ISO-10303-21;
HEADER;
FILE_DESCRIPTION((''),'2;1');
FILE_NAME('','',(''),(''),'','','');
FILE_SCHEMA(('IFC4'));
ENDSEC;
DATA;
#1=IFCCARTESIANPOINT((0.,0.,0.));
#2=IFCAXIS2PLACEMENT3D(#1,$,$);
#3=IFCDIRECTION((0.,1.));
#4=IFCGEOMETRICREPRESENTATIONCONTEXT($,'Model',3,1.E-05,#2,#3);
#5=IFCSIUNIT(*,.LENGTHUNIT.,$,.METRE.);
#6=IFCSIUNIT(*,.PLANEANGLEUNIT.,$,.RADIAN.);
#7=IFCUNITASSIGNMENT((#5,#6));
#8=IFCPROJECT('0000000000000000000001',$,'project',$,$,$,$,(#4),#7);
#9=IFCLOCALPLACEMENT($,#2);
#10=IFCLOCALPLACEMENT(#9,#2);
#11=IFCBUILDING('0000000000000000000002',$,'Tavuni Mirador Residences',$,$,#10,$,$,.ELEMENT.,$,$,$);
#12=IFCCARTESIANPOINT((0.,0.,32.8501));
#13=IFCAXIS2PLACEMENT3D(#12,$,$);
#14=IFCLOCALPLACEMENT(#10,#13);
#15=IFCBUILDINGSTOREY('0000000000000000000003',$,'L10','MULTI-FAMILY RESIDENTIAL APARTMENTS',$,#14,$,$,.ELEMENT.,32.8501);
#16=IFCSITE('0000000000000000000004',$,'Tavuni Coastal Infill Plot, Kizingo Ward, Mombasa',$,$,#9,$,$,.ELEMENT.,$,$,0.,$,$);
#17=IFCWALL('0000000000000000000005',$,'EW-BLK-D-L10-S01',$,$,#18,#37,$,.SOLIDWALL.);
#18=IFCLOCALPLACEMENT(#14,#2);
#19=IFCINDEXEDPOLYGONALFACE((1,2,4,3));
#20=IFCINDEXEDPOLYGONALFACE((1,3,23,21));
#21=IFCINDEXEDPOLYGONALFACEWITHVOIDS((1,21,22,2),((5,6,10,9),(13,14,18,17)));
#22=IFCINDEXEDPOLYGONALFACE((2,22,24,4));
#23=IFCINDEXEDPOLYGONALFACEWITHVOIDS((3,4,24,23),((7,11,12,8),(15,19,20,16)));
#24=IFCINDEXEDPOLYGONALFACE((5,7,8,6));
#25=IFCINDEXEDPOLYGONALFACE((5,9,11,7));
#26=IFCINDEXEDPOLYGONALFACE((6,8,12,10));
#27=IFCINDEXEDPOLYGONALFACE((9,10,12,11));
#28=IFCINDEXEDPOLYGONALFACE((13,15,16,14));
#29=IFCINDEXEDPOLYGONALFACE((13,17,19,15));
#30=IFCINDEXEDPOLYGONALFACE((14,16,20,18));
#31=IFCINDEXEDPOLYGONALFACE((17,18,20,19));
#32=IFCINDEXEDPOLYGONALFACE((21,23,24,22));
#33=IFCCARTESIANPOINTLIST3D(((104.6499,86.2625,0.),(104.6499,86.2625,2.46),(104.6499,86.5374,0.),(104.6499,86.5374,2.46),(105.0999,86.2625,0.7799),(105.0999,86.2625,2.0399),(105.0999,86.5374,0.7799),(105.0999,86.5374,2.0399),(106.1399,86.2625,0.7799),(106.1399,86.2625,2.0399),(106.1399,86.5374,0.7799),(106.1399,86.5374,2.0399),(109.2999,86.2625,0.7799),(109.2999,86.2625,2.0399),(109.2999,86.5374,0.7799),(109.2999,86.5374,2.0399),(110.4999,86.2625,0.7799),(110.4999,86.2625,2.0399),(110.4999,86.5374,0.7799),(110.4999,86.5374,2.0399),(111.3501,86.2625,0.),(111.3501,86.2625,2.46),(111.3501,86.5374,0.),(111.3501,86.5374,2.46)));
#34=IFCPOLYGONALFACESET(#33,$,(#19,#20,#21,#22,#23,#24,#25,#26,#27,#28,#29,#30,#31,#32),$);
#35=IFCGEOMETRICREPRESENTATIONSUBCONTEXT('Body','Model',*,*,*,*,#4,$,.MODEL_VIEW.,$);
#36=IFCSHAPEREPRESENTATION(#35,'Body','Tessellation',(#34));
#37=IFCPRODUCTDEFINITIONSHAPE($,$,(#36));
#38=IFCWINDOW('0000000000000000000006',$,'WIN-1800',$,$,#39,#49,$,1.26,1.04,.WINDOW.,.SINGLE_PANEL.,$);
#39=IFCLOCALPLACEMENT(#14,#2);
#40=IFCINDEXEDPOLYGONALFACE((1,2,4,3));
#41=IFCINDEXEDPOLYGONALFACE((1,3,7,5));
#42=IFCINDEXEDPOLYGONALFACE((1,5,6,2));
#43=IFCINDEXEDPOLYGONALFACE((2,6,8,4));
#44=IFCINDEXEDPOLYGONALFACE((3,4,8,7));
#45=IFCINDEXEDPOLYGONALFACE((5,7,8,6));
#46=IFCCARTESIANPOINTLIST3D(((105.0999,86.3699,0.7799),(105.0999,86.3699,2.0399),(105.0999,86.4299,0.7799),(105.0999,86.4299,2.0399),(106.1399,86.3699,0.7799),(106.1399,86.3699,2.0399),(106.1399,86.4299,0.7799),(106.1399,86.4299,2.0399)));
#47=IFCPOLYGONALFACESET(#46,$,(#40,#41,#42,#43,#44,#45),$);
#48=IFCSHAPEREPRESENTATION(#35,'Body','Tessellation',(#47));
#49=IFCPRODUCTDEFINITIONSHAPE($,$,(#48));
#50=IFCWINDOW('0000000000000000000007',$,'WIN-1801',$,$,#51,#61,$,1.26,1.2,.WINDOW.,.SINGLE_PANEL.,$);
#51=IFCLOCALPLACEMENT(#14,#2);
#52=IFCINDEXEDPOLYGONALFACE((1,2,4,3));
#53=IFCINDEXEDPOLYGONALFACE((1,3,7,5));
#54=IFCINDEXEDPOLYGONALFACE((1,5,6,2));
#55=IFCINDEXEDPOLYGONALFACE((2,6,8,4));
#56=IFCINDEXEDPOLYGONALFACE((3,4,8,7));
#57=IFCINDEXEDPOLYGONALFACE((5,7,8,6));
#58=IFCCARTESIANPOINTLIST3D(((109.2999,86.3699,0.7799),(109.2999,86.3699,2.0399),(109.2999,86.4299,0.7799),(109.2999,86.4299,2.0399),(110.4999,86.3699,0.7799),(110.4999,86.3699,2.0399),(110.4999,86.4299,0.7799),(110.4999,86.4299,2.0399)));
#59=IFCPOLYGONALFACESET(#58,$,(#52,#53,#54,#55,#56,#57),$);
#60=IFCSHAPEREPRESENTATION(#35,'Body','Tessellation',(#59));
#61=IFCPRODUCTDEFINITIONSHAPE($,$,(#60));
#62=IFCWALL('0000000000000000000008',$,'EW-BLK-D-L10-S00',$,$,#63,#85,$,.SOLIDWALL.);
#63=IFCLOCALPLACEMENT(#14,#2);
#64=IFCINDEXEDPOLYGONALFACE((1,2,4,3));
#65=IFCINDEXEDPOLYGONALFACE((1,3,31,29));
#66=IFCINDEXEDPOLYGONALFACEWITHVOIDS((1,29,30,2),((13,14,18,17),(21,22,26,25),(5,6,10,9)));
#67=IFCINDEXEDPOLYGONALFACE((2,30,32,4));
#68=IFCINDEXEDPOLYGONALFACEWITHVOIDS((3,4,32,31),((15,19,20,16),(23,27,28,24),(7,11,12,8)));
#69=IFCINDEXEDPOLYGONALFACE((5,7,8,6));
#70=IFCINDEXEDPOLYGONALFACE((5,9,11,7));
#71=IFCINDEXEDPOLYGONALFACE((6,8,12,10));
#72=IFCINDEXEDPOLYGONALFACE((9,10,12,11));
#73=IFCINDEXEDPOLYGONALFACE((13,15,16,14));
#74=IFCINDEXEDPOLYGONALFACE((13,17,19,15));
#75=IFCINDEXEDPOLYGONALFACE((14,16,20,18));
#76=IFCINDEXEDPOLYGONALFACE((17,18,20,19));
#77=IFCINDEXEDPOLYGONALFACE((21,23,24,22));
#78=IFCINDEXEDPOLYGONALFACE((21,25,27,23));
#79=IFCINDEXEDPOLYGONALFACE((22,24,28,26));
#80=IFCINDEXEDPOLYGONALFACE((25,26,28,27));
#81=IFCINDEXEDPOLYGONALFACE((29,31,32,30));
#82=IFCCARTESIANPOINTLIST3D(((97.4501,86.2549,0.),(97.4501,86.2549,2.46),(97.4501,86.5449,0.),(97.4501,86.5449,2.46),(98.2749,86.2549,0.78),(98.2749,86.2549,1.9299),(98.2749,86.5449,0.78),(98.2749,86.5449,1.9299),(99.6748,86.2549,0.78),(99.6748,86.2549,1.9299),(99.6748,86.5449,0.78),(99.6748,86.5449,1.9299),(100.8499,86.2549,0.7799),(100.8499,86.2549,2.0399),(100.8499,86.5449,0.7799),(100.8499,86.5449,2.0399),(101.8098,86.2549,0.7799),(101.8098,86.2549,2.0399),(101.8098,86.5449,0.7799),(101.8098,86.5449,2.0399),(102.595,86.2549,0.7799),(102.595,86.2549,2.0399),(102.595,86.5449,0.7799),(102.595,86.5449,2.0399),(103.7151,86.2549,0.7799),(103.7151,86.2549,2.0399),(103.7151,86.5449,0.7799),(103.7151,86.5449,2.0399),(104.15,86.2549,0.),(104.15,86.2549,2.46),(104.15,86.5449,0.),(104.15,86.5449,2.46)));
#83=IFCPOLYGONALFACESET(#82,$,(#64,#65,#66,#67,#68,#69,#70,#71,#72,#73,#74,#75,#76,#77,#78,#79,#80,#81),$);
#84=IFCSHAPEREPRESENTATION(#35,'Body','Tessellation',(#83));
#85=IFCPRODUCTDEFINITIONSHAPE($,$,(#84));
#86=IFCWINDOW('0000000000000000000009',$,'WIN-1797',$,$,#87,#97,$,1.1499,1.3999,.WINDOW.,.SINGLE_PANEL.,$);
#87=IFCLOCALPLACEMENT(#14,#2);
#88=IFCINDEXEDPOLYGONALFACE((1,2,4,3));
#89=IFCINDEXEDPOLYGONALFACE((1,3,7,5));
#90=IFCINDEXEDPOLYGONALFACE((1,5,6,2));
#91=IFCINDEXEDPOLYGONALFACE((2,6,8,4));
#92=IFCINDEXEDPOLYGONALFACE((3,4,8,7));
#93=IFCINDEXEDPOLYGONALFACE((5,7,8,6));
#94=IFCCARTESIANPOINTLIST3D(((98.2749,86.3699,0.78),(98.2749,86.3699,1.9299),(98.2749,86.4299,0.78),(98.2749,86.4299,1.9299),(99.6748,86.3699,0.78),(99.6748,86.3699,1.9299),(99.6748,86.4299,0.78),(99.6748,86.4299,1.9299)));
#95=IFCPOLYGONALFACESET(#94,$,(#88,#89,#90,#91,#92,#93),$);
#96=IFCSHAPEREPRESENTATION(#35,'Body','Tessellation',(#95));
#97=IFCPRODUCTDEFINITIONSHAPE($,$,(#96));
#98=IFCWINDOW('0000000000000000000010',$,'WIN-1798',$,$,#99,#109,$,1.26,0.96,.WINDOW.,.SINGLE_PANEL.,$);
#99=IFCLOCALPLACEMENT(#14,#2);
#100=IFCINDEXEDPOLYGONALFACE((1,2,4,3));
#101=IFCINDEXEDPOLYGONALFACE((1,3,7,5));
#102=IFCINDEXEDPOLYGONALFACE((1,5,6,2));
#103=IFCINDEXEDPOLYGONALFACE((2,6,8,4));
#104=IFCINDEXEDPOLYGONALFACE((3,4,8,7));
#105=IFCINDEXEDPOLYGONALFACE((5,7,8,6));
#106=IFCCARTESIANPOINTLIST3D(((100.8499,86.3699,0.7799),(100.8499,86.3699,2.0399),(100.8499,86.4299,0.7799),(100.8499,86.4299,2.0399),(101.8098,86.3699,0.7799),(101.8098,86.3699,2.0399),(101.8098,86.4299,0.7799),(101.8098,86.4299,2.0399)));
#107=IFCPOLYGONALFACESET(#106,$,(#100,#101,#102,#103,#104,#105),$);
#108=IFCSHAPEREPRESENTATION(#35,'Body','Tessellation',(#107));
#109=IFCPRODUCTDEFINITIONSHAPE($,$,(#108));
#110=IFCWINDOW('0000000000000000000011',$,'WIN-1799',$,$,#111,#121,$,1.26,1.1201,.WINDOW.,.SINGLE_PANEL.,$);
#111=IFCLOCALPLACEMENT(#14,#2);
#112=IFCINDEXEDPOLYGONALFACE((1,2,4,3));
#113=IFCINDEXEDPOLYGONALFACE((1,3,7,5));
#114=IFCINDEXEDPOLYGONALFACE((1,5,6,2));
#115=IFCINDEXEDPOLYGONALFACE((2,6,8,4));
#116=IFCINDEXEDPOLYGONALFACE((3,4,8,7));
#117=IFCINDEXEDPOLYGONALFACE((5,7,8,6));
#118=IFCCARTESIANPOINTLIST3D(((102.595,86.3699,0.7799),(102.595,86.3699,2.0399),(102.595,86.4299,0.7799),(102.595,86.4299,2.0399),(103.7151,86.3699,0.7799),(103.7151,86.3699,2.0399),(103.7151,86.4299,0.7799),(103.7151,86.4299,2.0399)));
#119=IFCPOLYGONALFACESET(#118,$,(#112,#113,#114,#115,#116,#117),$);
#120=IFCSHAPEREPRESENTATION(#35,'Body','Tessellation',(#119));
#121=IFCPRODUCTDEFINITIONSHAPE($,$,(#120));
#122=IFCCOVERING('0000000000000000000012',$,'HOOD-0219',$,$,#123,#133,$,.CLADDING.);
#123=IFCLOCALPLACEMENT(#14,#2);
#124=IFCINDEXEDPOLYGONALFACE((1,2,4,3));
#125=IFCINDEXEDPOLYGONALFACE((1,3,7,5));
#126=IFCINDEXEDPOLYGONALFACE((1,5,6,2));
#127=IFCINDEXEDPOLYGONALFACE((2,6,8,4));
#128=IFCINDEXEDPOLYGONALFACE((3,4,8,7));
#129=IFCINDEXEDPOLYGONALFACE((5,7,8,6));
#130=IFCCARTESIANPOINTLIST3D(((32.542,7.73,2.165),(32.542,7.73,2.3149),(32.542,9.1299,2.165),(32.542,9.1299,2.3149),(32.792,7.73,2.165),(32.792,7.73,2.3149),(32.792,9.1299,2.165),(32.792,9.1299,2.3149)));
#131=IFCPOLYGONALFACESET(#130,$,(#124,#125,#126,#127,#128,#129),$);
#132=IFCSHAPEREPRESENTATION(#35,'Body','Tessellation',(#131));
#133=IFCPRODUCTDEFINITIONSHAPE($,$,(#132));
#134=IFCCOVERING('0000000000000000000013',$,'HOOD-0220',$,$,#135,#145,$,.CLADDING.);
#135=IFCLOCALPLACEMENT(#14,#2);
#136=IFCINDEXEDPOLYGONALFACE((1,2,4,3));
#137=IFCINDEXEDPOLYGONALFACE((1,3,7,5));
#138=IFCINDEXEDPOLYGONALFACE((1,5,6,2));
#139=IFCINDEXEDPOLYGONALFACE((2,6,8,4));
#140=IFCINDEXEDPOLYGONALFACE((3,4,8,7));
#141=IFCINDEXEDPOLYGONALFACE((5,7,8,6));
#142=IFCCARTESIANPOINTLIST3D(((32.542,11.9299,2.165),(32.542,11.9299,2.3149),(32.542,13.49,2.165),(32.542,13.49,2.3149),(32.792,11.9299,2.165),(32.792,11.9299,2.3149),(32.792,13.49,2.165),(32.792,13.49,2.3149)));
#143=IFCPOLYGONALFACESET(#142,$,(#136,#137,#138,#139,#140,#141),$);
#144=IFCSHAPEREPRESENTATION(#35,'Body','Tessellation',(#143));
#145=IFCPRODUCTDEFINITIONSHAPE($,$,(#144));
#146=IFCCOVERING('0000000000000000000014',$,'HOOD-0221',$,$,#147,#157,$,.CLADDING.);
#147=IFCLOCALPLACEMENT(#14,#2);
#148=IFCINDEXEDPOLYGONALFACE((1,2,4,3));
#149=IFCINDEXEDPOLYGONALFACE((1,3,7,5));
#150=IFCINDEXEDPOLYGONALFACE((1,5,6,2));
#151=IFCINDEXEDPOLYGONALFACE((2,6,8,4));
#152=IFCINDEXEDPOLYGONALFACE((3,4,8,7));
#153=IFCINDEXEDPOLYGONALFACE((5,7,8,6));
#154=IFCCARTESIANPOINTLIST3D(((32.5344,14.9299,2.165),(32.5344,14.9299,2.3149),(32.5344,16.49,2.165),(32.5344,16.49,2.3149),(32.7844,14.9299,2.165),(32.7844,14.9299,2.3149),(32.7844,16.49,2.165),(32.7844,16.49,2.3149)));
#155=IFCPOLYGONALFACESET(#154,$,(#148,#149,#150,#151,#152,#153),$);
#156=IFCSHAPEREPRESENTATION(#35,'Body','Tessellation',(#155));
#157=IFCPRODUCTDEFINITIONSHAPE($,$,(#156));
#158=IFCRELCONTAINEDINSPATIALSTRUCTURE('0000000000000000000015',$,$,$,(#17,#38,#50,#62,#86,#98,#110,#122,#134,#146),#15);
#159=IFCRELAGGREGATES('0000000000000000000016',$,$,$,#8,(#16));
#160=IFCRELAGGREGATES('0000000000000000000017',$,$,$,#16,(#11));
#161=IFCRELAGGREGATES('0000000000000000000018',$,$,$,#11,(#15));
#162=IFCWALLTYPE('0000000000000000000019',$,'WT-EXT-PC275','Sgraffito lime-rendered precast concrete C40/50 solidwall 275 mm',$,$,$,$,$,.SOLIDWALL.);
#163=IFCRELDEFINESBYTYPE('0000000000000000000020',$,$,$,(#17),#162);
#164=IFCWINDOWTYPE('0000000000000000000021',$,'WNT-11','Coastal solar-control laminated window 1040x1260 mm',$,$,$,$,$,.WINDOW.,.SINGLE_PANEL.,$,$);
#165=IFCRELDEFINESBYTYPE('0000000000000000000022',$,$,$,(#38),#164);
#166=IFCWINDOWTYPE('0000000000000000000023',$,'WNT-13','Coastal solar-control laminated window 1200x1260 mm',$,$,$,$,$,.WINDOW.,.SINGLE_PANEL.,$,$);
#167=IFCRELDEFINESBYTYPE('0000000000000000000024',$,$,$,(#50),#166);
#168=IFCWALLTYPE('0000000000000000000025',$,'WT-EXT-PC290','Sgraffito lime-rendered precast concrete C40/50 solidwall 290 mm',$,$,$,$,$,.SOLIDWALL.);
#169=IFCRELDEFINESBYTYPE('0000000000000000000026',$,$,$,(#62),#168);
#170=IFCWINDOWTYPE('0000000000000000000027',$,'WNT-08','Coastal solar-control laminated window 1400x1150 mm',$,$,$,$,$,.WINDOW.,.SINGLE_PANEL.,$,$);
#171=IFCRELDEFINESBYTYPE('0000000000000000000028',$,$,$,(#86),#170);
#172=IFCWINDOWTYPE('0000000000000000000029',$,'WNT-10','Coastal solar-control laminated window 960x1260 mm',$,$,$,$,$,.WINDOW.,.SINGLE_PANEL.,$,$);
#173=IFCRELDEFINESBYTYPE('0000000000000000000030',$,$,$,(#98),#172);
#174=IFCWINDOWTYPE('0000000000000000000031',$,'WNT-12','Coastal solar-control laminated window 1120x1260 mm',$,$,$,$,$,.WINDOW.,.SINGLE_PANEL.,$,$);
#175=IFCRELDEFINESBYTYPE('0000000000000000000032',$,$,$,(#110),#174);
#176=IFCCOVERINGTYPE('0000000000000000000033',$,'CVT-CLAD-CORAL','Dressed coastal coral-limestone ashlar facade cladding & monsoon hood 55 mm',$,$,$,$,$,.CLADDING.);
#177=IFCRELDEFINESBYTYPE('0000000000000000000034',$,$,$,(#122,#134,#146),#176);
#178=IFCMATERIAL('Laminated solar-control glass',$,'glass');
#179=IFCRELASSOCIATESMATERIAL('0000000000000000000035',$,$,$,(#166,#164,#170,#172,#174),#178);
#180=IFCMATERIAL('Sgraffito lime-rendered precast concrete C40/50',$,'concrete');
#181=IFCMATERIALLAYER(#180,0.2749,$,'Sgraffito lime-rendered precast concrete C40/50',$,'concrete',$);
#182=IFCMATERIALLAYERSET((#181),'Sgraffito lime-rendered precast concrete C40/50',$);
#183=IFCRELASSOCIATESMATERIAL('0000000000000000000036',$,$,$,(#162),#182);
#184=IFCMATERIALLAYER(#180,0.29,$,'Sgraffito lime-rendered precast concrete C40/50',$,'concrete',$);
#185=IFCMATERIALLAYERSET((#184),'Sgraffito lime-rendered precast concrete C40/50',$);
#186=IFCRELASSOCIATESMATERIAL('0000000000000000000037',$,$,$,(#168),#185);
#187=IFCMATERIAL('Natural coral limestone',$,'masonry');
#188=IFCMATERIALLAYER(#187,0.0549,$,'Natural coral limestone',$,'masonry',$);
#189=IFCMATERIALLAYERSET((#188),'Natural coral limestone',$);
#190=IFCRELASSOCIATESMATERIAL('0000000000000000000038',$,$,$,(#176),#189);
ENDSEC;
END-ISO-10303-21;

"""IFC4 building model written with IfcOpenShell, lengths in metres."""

from ifc_helpers import new_model, si_unit, direction, frame, frame_2d, origin, origin_2d, place, context, subcontext, project, spatial, rectangle, extrude, material, layer, layer_set, type_object, element, fill, save


model = new_model("IFC4")

# Units and contexts
model_context = context("Model", 3, precision=1e-05, world=origin(), true_north=direction((0.0, 1.0)))
body_context = subcontext(model_context, "Body", "Model", "MODEL_VIEW")
ifc_project = project(units=[si_unit("LENGTHUNIT", "METRE"), si_unit("PLANEANGLEUNIT", "RADIAN")], contexts=[model_context])

# Site, building, storey
site_placement = place(None, origin())
site = spatial("IfcSite", under=ifc_project, at=site_placement, Name="Tavuni Coastal Infill Plot, Kizingo Ward, Mombasa", CompositionType="ELEMENT", RefElevation=0.0)
building_placement = place(site_placement, origin())
building = spatial("IfcBuilding", under=site, at=building_placement, Name="Tavuni Mirador Residences", CompositionType="ELEMENT")
storey_placement = place(building_placement, frame((0.0, 0.0, 32.8501)))
storey = spatial("IfcBuildingStorey", under=building, at=storey_placement, Name="L10", Description="MULTI-FAMILY RESIDENTIAL APARTMENTS", CompositionType="ELEMENT", Elevation=32.8501)

# Walls, openings, windows
ifc_material_1 = material(Name="Sgraffito lime-rendered precast concrete C40/50", Category="concrete")
ifc_material_2 = material(Name="Laminated solar-control glass", Category="glass")
window_type_1 = type_object("IfcWindowType", Name="WNT-13", Description="Coastal solar-control laminated window 1200x1260 mm", PartitioningType="SINGLE_PANEL", PredefinedType="WINDOW", material=ifc_material_2)
ifc_layer_1 = layer(ifc_material_1, 0.2749, Name="Sgraffito lime-rendered precast concrete C40/50", Category="concrete")
ifc_layer_set_1 = layer_set([ifc_layer_1], Name="Sgraffito lime-rendered precast concrete C40/50")
wall_type_1 = type_object("IfcWallType", Name="WT-EXT-PC275", Description="Sgraffito lime-rendered precast concrete C40/50 solidwall 275 mm", PredefinedType="SOLIDWALL", material=ifc_layer_set_1)
wall_1_placement = place(storey_placement, frame((104.6499, 86.3999, 0.0), z_axis=(0.0, 0.0, 1.0), x_axis=(1.0, 0.0, 0.0)))
wall_1 = element("IfcWall", 1, at=wall_1_placement, inside=storey, type_object=wall_type_1, Name="EW-BLK-D-L10-S01", PredefinedType="SOLIDWALL", context=body_context, shape_type="SweptSolid", body=[
    extrude(rectangle(XDim=6.7002, YDim=0.2749, at=frame_2d((3.3501, 0.0))), origin(), (0.0, 0.0, 1.0), 2.46),
])
opening_1_placement = place(wall_1_placement, frame((0.45, 0.0, 0.78)))
opening_1 = element("IfcOpeningElement", 2, at=opening_1_placement, cuts=wall_1, PredefinedType="OPENING", context=body_context, shape_type="SweptSolid", body=[
    extrude(rectangle(XDim=1.04, YDim=1.26, at=frame_2d((0.52, 0.6299))), frame((0.0, 0.1475, 0.0), z_axis=(0.0, -1.0, 0.0), x_axis=(1.0, 0.0, 0.0)), (0.0, 0.0, 1.0), 0.2949),
])
opening_2_placement = place(wall_1_placement, frame((4.6499, 0.0, 0.78)))
opening_2 = element("IfcOpeningElement", 3, at=opening_2_placement, cuts=wall_1, PredefinedType="OPENING", context=body_context, shape_type="SweptSolid", body=[
    extrude(rectangle(XDim=1.2, YDim=1.26, at=frame_2d((0.6001, 0.6299))), frame((0.0, 0.1475, 0.0), z_axis=(0.0, -1.0, 0.0), x_axis=(1.0, 0.0, 0.0)), (0.0, 0.0, 1.0), 0.2949),
])
window_type_2 = type_object("IfcWindowType", Name="WNT-11", Description="Coastal solar-control laminated window 1040x1260 mm", PartitioningType="SINGLE_PANEL", PredefinedType="WINDOW", material=ifc_material_2)
window_1_placement = place(opening_1_placement, origin())
window_1 = element("IfcWindow", 4, at=window_1_placement, inside=storey, type_object=window_type_2, Name="WIN-1800", OverallHeight=1.26, OverallWidth=1.04, PartitioningType="SINGLE_PANEL", PredefinedType="WINDOW", context=body_context, shape_type="SweptSolid", body=[
    extrude(rectangle(XDim=1.04, YDim=1.26, at=frame_2d((0.52, 0.6299))), frame((0.0, 0.03, 0.0), z_axis=(0.0, -1.0, 0.0), x_axis=(1.0, 0.0, 0.0)), (0.0, 0.0, 1.0), 0.0601),
])
fill(opening_1, window_1)
window_2_placement = place(opening_2_placement, origin())
window_2 = element("IfcWindow", 5, at=window_2_placement, inside=storey, type_object=window_type_1, Name="WIN-1801", OverallHeight=1.26, OverallWidth=1.2, PartitioningType="SINGLE_PANEL", PredefinedType="WINDOW", context=body_context, shape_type="SweptSolid", body=[
    extrude(rectangle(XDim=1.2, YDim=1.26, at=frame_2d((0.6001, 0.6299))), frame((0.0, 0.03, 0.0), z_axis=(0.0, -1.0, 0.0), x_axis=(1.0, 0.0, 0.0)), (0.0, 0.0, 1.0), 0.0601),
])
fill(opening_2, window_2)
ifc_layer_2 = layer(ifc_material_1, 0.29, Name="Sgraffito lime-rendered precast concrete C40/50", Category="concrete")
ifc_layer_set_2 = layer_set([ifc_layer_2], Name="Sgraffito lime-rendered precast concrete C40/50")
wall_type_2 = type_object("IfcWallType", Name="WT-EXT-PC290", Description="Sgraffito lime-rendered precast concrete C40/50 solidwall 290 mm", PredefinedType="SOLIDWALL", material=ifc_layer_set_2)
wall_2_placement = place(storey_placement, frame((97.45, 86.3999, 0.0), z_axis=(0.0, 0.0, 1.0), x_axis=(1.0, 0.0, 0.0)))
wall_2 = element("IfcWall", 6, at=wall_2_placement, inside=storey, type_object=wall_type_2, Name="EW-BLK-D-L10-S00", PredefinedType="SOLIDWALL", context=body_context, shape_type="SweptSolid", body=[
    extrude(rectangle(XDim=6.7, YDim=0.29, at=frame_2d((3.3501, 0.0))), origin(), (0.0, 0.0, 1.0), 2.46),
])
opening_3_placement = place(wall_2_placement, frame((0.825, 0.0, 0.78)))
opening_3 = element("IfcOpeningElement", 7, at=opening_3_placement, cuts=wall_2, PredefinedType="OPENING", context=body_context, shape_type="SweptSolid", body=[
    extrude(rectangle(XDim=1.3999, YDim=1.1499, at=frame_2d((0.7, 0.575))), frame((0.0, 0.155, 0.0), z_axis=(0.0, -1.0, 0.0), x_axis=(1.0, 0.0, 0.0)), (0.0, 0.0, 1.0), 0.3101),
])
opening_4_placement = place(wall_2_placement, frame((3.3999, 0.0, 0.78)))
opening_4 = element("IfcOpeningElement", 8, at=opening_4_placement, cuts=wall_2, PredefinedType="OPENING", context=body_context, shape_type="SweptSolid", body=[
    extrude(rectangle(XDim=0.96, YDim=1.26, at=frame_2d((0.48, 0.6299))), frame((0.0, 0.155, 0.0), z_axis=(0.0, -1.0, 0.0), x_axis=(1.0, 0.0, 0.0)), (0.0, 0.0, 1.0), 0.3101),
])
opening_5_placement = place(wall_2_placement, frame((5.145, 0.0, 0.78)))
opening_5 = element("IfcOpeningElement", 9, at=opening_5_placement, cuts=wall_2, PredefinedType="OPENING", context=body_context, shape_type="SweptSolid", body=[
    extrude(rectangle(XDim=1.1201, YDim=1.26, at=frame_2d((0.5601, 0.6299))), frame((0.0, 0.155, 0.0), z_axis=(0.0, -1.0, 0.0), x_axis=(1.0, 0.0, 0.0)), (0.0, 0.0, 1.0), 0.3101),
])
window_type_3 = type_object("IfcWindowType", Name="WNT-08", Description="Coastal solar-control laminated window 1400x1150 mm", PartitioningType="SINGLE_PANEL", PredefinedType="WINDOW", material=ifc_material_2)
window_3_placement = place(opening_3_placement, origin())
window_3 = element("IfcWindow", 10, at=window_3_placement, inside=storey, type_object=window_type_3, Name="WIN-1797", OverallHeight=1.1499, OverallWidth=1.3999, PartitioningType="SINGLE_PANEL", PredefinedType="WINDOW", context=body_context, shape_type="SweptSolid", body=[
    extrude(rectangle(XDim=1.3999, YDim=1.1499, at=frame_2d((0.7, 0.575))), frame((0.0, 0.03, 0.0), z_axis=(0.0, -1.0, 0.0), x_axis=(1.0, 0.0, 0.0)), (0.0, 0.0, 1.0), 0.0601),
])
fill(opening_3, window_3)
window_type_4 = type_object("IfcWindowType", Name="WNT-10", Description="Coastal solar-control laminated window 960x1260 mm", PartitioningType="SINGLE_PANEL", PredefinedType="WINDOW", material=ifc_material_2)
window_4_placement = place(opening_4_placement, origin())
window_4 = element("IfcWindow", 11, at=window_4_placement, inside=storey, type_object=window_type_4, Name="WIN-1798", OverallHeight=1.26, OverallWidth=0.96, PartitioningType="SINGLE_PANEL", PredefinedType="WINDOW", context=body_context, shape_type="SweptSolid", body=[
    extrude(rectangle(XDim=0.96, YDim=1.26, at=frame_2d((0.48, 0.6299))), frame((0.0, 0.03, 0.0), z_axis=(0.0, -1.0, 0.0), x_axis=(1.0, 0.0, 0.0)), (0.0, 0.0, 1.0), 0.0601),
])
fill(opening_4, window_4)
window_type_5 = type_object("IfcWindowType", Name="WNT-12", Description="Coastal solar-control laminated window 1120x1260 mm", PartitioningType="SINGLE_PANEL", PredefinedType="WINDOW", material=ifc_material_2)
window_5_placement = place(opening_5_placement, origin())
window_5 = element("IfcWindow", 12, at=window_5_placement, inside=storey, type_object=window_type_5, Name="WIN-1799", OverallHeight=1.26, OverallWidth=1.1201, PartitioningType="SINGLE_PANEL", PredefinedType="WINDOW", context=body_context, shape_type="SweptSolid", body=[
    extrude(rectangle(XDim=1.1201, YDim=1.26, at=frame_2d((0.5601, 0.6299))), frame((0.0, 0.03, 0.0), z_axis=(0.0, -1.0, 0.0), x_axis=(1.0, 0.0, 0.0)), (0.0, 0.0, 1.0), 0.0601),
])
fill(opening_5, window_5)

# Coverings
ifc_material_3 = material(Name="Natural coral limestone", Category="masonry")
ifc_layer_3 = layer(ifc_material_3, 0.0549, Name="Natural coral limestone", Category="masonry")
ifc_layer_set_3 = layer_set([ifc_layer_3], Name="Natural coral limestone")
covering_type = type_object("IfcCoveringType", Name="CVT-CLAD-CORAL", Description="Dressed coastal coral-limestone ashlar facade cladding & monsoon hood 55 mm", PredefinedType="CLADDING", material=ifc_layer_set_3)
covering_1_placement = place(storey_placement, frame((32.667, 8.4299, 2.165), z_axis=(0.0, 0.0, 1.0), x_axis=(0.0, 1.0, 0.0)))
element("IfcCovering", 13, at=covering_1_placement, inside=storey, type_object=covering_type, Name="HOOD-0219", PredefinedType="CLADDING", context=body_context, shape_type="SweptSolid", body=[
    extrude(rectangle(XDim=1.3999, YDim=0.25, at=origin_2d()), origin(), (0.0, 0.0, 1.0), 0.1499),
])
for number, where, z_axis, x_axis, name in (
    (14, (32.667, 12.71, 2.165), (0.0, 0.0, 1.0), (0.0, 1.0, 0.0), "HOOD-0220"),
    (15, (32.6594, 15.71, 2.165), (0.0, 0.0, 1.0), (0.0, 1.0, 0.0), "HOOD-0221"),
):
    element("IfcCovering", number, at=place(storey_placement, frame(where, z_axis=z_axis, x_axis=x_axis)), inside=storey, type_object=covering_type, Name=name, PredefinedType="CLADDING", context=body_context, shape_type="SweptSolid", body=[
        extrude(rectangle(XDim=1.5601, YDim=0.25, at=origin_2d()), origin(), (0.0, 0.0, 1.0), 0.1499),
    ])

save(model, "model.ifc")
